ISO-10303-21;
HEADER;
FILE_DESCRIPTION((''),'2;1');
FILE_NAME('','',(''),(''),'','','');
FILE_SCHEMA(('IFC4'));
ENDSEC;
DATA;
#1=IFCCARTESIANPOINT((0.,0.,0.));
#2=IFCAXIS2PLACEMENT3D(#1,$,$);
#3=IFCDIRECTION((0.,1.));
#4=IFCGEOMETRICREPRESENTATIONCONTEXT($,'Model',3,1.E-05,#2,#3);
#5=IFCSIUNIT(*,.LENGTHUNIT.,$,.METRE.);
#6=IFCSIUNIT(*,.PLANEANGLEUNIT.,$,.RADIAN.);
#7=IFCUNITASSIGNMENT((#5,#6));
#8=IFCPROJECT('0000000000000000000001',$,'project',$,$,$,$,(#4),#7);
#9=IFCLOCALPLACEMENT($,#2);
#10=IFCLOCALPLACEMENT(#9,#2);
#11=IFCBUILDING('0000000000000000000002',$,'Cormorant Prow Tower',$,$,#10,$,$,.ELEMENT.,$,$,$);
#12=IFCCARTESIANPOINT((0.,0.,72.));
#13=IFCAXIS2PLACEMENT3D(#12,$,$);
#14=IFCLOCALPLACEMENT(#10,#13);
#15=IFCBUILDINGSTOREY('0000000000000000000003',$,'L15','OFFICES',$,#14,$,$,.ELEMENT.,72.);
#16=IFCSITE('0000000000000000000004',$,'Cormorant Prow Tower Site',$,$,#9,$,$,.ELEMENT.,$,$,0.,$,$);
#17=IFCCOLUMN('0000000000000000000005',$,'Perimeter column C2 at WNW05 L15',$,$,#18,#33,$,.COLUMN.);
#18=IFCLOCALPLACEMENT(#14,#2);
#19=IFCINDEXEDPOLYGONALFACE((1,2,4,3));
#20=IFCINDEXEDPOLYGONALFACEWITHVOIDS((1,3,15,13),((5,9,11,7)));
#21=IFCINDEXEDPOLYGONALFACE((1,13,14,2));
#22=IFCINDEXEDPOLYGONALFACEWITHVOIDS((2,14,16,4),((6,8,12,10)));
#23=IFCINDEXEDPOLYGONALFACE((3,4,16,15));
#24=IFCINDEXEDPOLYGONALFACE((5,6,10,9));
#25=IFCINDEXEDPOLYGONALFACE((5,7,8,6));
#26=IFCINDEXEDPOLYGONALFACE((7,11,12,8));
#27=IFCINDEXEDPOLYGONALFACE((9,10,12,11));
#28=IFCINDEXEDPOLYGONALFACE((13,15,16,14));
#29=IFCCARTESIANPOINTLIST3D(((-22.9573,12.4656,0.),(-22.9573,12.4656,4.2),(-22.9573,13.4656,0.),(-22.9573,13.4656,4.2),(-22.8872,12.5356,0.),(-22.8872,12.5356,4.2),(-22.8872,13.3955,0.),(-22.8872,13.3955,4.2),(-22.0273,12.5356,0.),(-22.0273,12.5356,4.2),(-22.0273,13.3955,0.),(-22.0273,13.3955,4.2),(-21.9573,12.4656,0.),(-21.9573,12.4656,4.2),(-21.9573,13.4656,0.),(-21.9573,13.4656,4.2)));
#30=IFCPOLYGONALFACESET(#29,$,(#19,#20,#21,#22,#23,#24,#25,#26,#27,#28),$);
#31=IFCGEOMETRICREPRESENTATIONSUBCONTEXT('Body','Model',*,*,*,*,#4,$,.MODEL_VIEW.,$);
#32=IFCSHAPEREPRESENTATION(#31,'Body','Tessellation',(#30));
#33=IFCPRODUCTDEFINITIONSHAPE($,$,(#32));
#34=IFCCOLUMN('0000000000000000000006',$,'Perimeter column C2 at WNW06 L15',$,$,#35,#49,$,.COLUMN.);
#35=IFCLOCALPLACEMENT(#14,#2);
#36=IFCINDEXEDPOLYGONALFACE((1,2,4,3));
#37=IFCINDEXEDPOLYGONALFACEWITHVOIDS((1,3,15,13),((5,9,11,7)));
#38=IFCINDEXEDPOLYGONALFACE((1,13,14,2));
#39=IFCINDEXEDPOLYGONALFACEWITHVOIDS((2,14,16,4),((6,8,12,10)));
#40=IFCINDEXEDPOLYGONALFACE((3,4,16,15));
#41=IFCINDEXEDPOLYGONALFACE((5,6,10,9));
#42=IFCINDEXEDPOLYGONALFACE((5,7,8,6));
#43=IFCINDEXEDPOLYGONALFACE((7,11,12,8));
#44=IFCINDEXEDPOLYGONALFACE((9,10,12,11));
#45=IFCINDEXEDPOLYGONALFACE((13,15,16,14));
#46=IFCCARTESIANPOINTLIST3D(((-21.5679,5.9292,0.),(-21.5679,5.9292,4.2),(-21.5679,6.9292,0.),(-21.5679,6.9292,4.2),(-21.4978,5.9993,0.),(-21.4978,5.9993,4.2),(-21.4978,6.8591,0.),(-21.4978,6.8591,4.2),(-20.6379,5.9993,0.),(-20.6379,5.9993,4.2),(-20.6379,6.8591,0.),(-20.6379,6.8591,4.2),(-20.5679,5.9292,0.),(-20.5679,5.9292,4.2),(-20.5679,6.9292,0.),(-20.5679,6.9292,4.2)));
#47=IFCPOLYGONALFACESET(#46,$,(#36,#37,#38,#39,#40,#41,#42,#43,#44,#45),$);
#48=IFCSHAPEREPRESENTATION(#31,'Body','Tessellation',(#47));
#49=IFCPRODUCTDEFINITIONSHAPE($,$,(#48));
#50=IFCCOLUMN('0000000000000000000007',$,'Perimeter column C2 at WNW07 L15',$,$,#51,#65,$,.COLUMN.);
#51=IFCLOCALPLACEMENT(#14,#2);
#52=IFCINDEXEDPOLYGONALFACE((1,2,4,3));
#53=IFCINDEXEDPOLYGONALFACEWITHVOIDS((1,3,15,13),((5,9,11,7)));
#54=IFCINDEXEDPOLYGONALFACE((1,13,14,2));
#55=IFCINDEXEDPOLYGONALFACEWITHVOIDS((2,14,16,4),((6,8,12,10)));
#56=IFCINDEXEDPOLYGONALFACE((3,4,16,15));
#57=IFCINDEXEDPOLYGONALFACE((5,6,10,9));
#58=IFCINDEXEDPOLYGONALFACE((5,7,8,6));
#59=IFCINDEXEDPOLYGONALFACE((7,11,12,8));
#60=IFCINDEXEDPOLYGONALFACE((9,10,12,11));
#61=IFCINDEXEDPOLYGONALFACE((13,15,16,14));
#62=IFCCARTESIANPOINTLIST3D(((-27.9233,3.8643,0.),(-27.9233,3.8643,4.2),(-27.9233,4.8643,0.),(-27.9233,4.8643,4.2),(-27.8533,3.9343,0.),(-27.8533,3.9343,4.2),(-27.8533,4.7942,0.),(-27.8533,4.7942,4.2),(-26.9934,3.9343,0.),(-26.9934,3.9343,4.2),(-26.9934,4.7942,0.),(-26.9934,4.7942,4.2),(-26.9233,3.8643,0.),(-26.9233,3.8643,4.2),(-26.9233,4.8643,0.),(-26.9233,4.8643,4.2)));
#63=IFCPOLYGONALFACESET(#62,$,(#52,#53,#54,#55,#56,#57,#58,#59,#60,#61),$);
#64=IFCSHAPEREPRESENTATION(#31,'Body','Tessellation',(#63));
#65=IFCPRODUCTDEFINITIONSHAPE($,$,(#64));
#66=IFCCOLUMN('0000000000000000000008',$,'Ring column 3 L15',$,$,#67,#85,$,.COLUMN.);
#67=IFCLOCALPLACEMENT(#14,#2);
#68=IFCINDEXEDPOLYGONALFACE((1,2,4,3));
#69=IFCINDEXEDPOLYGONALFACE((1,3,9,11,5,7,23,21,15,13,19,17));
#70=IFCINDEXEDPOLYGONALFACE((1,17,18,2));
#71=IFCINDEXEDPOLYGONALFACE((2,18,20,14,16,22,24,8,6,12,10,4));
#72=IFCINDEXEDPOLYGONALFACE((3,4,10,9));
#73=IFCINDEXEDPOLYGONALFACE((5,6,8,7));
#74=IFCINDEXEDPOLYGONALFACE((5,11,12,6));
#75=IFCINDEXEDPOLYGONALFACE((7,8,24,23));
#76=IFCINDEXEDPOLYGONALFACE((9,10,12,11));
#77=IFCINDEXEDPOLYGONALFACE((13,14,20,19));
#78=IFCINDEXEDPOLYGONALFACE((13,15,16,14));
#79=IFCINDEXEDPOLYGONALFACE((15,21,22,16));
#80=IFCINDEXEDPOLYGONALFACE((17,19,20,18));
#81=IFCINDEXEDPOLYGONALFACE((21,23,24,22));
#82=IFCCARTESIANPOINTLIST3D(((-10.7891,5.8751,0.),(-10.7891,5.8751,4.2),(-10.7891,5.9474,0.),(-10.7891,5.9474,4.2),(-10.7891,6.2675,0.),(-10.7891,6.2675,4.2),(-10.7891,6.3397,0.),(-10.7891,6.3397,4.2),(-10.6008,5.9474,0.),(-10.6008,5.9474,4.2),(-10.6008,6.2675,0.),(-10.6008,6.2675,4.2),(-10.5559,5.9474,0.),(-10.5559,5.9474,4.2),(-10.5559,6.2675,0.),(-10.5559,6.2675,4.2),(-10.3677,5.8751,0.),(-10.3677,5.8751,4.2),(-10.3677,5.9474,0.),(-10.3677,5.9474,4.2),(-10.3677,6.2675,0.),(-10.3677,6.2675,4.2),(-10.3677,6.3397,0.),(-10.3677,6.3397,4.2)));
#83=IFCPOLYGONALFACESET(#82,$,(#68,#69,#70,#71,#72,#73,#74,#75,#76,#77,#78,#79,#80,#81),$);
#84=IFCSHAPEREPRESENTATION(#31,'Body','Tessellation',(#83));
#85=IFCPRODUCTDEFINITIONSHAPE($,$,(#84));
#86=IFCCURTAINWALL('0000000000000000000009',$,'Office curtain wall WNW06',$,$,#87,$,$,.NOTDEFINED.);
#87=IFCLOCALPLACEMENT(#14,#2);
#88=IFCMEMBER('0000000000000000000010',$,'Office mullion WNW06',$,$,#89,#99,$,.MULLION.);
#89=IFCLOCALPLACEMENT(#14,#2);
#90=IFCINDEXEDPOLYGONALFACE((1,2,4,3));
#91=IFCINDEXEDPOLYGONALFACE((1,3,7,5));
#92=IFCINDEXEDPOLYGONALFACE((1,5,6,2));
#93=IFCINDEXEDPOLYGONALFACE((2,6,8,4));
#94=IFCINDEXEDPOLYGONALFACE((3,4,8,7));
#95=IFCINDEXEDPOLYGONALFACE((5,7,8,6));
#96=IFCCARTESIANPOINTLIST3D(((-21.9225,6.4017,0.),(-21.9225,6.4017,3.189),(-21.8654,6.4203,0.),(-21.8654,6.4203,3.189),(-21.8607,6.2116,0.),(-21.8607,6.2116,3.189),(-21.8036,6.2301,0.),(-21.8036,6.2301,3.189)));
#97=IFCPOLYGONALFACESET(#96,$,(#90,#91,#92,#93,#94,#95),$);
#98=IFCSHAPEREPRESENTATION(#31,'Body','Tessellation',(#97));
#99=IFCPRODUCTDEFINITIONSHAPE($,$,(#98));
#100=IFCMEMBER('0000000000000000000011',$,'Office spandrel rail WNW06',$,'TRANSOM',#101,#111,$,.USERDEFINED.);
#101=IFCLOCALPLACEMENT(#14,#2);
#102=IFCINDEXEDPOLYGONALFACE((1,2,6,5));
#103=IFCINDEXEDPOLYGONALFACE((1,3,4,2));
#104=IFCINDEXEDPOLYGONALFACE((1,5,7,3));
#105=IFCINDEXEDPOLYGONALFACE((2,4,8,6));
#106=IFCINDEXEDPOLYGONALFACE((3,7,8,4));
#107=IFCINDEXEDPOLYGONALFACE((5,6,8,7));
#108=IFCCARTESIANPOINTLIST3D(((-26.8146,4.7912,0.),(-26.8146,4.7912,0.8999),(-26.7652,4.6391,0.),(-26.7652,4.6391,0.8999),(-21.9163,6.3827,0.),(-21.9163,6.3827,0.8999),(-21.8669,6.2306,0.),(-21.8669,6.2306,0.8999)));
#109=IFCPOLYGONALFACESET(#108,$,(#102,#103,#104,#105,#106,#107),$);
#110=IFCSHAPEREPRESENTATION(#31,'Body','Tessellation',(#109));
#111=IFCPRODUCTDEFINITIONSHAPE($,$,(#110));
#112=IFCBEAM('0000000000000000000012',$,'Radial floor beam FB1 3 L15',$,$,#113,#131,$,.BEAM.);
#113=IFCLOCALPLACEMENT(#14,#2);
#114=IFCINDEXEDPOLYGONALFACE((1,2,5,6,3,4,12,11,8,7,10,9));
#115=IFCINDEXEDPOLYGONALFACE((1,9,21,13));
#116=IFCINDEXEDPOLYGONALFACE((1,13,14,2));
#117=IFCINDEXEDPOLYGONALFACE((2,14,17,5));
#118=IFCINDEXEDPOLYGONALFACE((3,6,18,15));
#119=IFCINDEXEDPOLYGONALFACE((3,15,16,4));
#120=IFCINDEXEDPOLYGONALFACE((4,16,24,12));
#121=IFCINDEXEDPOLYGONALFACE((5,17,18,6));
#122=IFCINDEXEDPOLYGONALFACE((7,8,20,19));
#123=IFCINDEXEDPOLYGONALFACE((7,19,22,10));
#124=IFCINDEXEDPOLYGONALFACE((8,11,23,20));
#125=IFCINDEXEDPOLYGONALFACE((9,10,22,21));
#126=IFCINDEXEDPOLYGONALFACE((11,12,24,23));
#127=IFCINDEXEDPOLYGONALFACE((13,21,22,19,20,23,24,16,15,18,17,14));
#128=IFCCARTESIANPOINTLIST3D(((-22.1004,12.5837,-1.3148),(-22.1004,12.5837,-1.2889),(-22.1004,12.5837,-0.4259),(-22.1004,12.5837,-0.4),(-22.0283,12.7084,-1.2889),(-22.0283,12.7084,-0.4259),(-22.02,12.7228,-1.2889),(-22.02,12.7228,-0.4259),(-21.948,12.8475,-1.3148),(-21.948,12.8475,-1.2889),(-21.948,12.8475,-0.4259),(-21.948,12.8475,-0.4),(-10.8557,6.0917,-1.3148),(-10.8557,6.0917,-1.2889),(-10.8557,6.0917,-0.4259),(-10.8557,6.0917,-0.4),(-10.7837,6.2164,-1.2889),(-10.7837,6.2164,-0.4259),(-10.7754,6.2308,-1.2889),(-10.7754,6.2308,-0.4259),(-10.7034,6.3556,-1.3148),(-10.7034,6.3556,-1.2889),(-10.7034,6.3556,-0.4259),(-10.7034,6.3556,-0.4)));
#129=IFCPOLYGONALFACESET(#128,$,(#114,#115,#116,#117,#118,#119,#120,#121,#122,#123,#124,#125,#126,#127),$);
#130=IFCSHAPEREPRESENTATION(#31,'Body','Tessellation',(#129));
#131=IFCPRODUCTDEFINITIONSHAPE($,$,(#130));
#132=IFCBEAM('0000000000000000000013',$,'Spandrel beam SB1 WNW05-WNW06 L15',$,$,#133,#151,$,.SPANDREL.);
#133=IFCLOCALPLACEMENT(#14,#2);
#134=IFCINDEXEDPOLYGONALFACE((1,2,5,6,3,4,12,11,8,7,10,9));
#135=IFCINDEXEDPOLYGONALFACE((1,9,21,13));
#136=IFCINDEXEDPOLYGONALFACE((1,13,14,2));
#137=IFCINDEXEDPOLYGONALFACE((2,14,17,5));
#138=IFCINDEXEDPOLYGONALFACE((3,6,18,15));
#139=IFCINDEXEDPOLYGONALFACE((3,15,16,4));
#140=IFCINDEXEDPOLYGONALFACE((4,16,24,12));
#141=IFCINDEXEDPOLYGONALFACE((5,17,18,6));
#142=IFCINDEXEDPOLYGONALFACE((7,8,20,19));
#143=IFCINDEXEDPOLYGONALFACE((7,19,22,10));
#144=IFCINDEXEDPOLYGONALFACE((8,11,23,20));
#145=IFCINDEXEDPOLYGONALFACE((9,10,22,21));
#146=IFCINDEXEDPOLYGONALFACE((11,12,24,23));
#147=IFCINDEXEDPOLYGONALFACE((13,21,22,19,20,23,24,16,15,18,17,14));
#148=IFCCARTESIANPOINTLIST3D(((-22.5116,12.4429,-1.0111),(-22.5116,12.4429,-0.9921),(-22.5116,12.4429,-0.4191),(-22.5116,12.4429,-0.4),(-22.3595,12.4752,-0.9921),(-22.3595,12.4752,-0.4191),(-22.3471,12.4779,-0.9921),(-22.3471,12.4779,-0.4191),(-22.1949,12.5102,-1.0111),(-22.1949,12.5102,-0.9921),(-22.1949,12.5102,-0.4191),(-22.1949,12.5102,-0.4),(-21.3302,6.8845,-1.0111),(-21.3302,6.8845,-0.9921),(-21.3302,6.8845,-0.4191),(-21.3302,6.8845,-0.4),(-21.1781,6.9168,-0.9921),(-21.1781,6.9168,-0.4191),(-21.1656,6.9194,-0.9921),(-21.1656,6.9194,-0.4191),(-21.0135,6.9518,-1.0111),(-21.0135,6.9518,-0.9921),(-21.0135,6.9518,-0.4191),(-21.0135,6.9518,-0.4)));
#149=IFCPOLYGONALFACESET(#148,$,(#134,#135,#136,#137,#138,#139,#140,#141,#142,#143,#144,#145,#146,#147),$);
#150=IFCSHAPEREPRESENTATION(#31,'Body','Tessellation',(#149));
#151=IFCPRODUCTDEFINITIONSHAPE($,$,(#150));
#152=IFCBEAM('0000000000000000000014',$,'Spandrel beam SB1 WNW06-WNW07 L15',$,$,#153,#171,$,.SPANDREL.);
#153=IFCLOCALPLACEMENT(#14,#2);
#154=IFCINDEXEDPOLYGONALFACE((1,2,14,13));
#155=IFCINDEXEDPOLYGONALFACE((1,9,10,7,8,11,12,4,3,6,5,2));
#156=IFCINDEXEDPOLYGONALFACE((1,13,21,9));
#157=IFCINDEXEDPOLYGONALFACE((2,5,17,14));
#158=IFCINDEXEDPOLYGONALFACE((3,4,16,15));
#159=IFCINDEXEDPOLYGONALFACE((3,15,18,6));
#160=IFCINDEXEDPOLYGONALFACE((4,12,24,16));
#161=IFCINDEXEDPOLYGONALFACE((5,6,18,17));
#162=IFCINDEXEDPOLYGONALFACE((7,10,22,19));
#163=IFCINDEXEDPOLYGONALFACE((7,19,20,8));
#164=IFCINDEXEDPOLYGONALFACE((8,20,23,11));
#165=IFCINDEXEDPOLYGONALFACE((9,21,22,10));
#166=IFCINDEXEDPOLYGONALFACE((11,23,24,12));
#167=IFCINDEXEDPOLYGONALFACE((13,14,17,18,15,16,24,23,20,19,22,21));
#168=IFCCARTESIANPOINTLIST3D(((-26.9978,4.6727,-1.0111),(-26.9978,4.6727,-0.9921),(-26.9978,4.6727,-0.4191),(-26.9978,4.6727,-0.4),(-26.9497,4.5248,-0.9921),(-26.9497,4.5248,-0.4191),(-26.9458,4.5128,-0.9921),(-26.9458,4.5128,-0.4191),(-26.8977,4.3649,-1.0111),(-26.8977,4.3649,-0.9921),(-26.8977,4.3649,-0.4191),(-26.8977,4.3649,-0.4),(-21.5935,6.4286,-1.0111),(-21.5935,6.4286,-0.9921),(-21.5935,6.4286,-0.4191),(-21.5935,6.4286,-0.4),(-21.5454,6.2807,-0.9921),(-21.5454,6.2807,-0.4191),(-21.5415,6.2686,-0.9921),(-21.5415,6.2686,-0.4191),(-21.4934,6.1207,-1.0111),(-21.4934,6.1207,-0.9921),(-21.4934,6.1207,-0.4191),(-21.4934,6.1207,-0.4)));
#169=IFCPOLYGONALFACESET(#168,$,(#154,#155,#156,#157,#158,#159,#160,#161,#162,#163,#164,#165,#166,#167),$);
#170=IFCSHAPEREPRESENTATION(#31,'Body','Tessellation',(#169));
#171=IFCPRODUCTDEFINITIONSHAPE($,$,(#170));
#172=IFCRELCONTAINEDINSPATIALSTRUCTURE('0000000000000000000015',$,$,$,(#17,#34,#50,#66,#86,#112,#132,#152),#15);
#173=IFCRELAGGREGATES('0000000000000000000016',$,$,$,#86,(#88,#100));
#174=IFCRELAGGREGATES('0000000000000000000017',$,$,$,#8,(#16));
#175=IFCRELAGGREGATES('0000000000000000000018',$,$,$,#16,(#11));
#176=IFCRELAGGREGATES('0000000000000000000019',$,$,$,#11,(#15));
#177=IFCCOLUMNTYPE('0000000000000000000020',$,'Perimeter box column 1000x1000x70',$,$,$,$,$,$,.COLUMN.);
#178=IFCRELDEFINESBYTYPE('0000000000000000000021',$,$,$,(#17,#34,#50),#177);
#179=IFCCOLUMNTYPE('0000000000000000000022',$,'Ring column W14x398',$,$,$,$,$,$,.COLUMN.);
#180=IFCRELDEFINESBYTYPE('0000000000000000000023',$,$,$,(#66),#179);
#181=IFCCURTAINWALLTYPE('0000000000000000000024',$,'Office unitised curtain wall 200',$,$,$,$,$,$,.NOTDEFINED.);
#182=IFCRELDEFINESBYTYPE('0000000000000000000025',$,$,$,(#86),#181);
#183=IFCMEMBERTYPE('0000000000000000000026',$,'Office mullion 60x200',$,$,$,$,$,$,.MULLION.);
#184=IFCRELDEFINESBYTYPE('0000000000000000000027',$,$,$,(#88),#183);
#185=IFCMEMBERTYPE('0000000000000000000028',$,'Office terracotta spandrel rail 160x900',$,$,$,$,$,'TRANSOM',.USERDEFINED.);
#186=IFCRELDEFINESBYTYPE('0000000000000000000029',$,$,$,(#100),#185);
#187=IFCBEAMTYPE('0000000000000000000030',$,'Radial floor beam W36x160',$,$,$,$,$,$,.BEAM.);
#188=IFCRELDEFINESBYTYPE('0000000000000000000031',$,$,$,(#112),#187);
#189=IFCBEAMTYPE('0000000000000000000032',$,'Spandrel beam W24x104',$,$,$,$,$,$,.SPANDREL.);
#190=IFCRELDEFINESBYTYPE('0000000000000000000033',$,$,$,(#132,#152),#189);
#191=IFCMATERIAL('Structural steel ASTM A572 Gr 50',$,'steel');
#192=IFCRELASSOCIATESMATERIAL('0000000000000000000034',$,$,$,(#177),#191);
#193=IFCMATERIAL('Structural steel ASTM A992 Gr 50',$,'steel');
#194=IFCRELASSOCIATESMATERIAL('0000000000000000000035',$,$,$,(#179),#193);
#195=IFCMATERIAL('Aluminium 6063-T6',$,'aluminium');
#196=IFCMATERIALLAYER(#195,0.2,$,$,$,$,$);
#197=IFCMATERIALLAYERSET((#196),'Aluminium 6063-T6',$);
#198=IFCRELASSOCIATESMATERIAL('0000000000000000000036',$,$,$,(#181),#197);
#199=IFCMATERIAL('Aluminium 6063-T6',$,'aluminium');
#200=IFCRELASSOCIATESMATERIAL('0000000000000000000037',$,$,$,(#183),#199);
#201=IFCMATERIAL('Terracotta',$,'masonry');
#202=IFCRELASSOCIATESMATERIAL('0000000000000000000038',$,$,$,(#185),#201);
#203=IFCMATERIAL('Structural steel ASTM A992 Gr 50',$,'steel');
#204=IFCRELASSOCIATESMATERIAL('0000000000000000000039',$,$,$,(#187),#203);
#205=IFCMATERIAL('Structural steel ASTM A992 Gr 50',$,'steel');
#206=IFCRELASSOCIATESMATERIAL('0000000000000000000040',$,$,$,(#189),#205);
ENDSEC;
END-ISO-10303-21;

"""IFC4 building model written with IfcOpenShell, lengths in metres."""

from ifc_helpers import new_model, si_unit, direction, frame, origin, origin_2d, place, context, subcontext, project, spatial, rectangle, hollow_rectangle, i_section, extrude, material, layer, layer_set, material_profile, profile_set, type_object, element, aggregate, save


model = new_model("IFC4")

# Units and contexts
model_context = context("Model", 3, precision=1e-05, world=origin(), true_north=direction((0.0, 1.0)))
body_context = subcontext(model_context, "Body", "Model", "MODEL_VIEW")
ifc_project = project(units=[si_unit("LENGTHUNIT", "METRE"), si_unit("PLANEANGLEUNIT", "RADIAN")], contexts=[model_context])

# Site, building, storey
site_placement = place(None, origin())
site = spatial("IfcSite", under=ifc_project, at=site_placement, Name="Cormorant Prow Tower Site", CompositionType="ELEMENT", RefElevation=0.0)
building_placement = place(site_placement, origin())
building = spatial("IfcBuilding", under=site, at=building_placement, Name="Cormorant Prow Tower", CompositionType="ELEMENT")
storey_placement = place(building_placement, frame((0.0, 0.0, 72.0)))
storey = spatial("IfcBuildingStorey", under=building, at=storey_placement, Name="L15", Description="OFFICES", CompositionType="ELEMENT", Elevation=72.0)

# Columns
ifc_material_1 = material(Name="Structural steel ASTM A572 Gr 50", Category="steel")
ifc_material_profile_1 = material_profile(ifc_material_1, hollow_rectangle(XDim=1.0, YDim=1.0, WallThickness=0.0701, at=origin_2d()), Name="Box 1000x1000x70")
ifc_profile_set_1 = profile_set([ifc_material_profile_1], Name="Structural steel ASTM A572 Gr 50")
column_type_1 = type_object("IfcColumnType", Name="Perimeter box column 1000x1000x70", PredefinedType="COLUMN", material=ifc_profile_set_1)
for number, where, z_axis, x_axis, name in (
    (1, (-22.4573, 12.9656, 0.0), (0.0, 0.0, 1.0), (1.0, 0.0, 0.0), "Perimeter column C2 at WNW05 L15"),
    (2, (-21.0679, 6.4292, 0.0), (0.0, 0.0, 1.0), (1.0, 0.0, 0.0), "Perimeter column C2 at WNW06 L15"),
    (3, (-27.4233, 4.3643, 0.0), (0.0, 0.0, 1.0), (1.0, 0.0, 0.0), "Perimeter column C2 at WNW07 L15"),
):
    element("IfcColumn", number, at=place(storey_placement, frame(where, z_axis=z_axis, x_axis=x_axis)), inside=storey, type_object=column_type_1, Name=name, PredefinedType="COLUMN", context=body_context, shape_type="SweptSolid", body=[
        extrude(hollow_rectangle(XDim=1.0, YDim=1.0, WallThickness=0.0701, at=origin_2d()), origin(), (0.0, 0.0, 1.0), 4.2),
    ])
ifc_material_2 = material(Name="Structural steel ASTM A992 Gr 50", Category="steel")
ifc_material_profile_2 = material_profile(ifc_material_2, i_section(OverallWidth=0.4214, OverallDepth=0.4646, WebThickness=0.0449, FlangeThickness=0.0723, at=origin_2d()), Name="W14x398")
ifc_profile_set_2 = profile_set([ifc_material_profile_2], Name="Structural steel ASTM A992 Gr 50")
column_type_2 = type_object("IfcColumnType", Name="Ring column W14x398", PredefinedType="COLUMN", material=ifc_profile_set_2)
column_placement = place(storey_placement, frame((-10.5784, 6.1074, 0.0), z_axis=(0.0, 0.0, 1.0), x_axis=(1.0, 0.0, 0.0)))
element("IfcColumn", 4, at=column_placement, inside=storey, type_object=column_type_2, Name="Ring column 3 L15", PredefinedType="COLUMN", context=body_context, shape_type="SweptSolid", body=[
    extrude(i_section(OverallWidth=0.4214, OverallDepth=0.4646, WebThickness=0.0449, FlangeThickness=0.0723, at=origin_2d()), origin(), (0.0, 0.0, 1.0), 4.2),
])

# Curtain wall, members
ifc_material_3 = material(Name="Aluminium 6063-T6", Category="aluminium")
ifc_layer_1 = layer(ifc_material_3, 0.2)
ifc_layer_set_1 = layer_set([ifc_layer_1], Name="Aluminium 6063-T6")
curtain_wall_type = type_object("IfcCurtainWallType", Name="Office unitised curtain wall 200", PredefinedType="NOTDEFINED", material=ifc_layer_set_1)
curtain_wall_1_placement = place(storey_placement, origin())
curtain_wall_1 = element("IfcCurtainWall", 5, at=curtain_wall_1_placement, inside=storey, type_object=curtain_wall_type, Name="Office curtain wall WNW06", PredefinedType="NOTDEFINED")
ifc_material_4 = material(Name="Aluminium 6063-T6", Category="aluminium")
ifc_material_profile_3 = material_profile(ifc_material_4, rectangle(XDim=0.2, YDim=0.0601, at=origin_2d()), Name="Office mullion 60x200")
ifc_profile_set_3 = profile_set([ifc_material_profile_3], Name="Aluminium 6063-T6")
member_type_1 = type_object("IfcMemberType", Name="Office mullion 60x200", PredefinedType="MULLION", material=ifc_profile_set_3)
member_1_placement = place(storey_placement, frame((-21.863, 6.3159, 0.0), z_axis=(0.0, 0.0, 1.0), x_axis=(0.309017, -0.951057, 0.0)))
member_1 = element("IfcMember", 6, at=member_1_placement, type_object=member_type_1, Name="Office mullion WNW06", PredefinedType="MULLION", context=body_context, shape_type="SweptSolid", body=[
    extrude(rectangle(XDim=0.2, YDim=0.0601, at=origin_2d()), origin(), (0.0, 0.0, 1.0), 3.189),
])
ifc_material_5 = material(Name="Terracotta", Category="masonry")
ifc_material_profile_4 = material_profile(ifc_material_5, rectangle(XDim=0.1599, YDim=0.8999, at=origin_2d()), Name="Office terracotta spandrel rail 160x900")
ifc_profile_set_4 = profile_set([ifc_material_profile_4], Name="Terracotta")
member_type_2 = type_object("IfcMemberType", Name="Office terracotta spandrel rail 160x900", ElementType="TRANSOM", PredefinedType="USERDEFINED", material=ifc_profile_set_4)
member_2_placement = place(storey_placement, frame((-21.8916, 6.3066, 0.45), z_axis=(-0.951059, -0.309009, 0.0), x_axis=(0.309009, -0.951059, 0.0)))
member_2 = element("IfcMember", 7, at=member_2_placement, type_object=member_type_2, Name="Office spandrel rail WNW06", ObjectType="TRANSOM", PredefinedType="USERDEFINED", context=body_context, shape_type="SweptSolid", body=[
    extrude(rectangle(XDim=0.1599, YDim=0.8999, at=origin_2d()), origin(), (0.0, 0.0, 1.0), 5.1504),
])

# Beams
ifc_material_6 = material(Name="Structural steel ASTM A992 Gr 50", Category="steel")
ifc_material_profile_5 = material_profile(ifc_material_6, i_section(OverallWidth=0.3047, OverallDepth=0.9148, WebThickness=0.0166, FlangeThickness=0.0259, at=origin_2d()), Name="W36x160")
ifc_profile_set_5 = profile_set([ifc_material_profile_5], Name="Structural steel ASTM A992 Gr 50")
beam_type_1 = type_object("IfcBeamType", Name="Radial floor beam W36x160", PredefinedType="BEAM", material=ifc_profile_set_5)
beam_1_placement = place(storey_placement, frame((-10.7795, 6.2236, -0.8574), z_axis=(-0.86603, 0.499992, 0.0), x_axis=(-0.499992, -0.86603, 0.0)))
element("IfcBeam", 8, at=beam_1_placement, inside=storey, type_object=beam_type_1, Name="Radial floor beam FB1 3 L15", PredefinedType="BEAM", context=body_context, shape_type="SweptSolid", body=[
    extrude(i_section(OverallWidth=0.3047, OverallDepth=0.9148, WebThickness=0.0166, FlangeThickness=0.0259, at=origin_2d()), origin(), (0.0, 0.0, 1.0), 12.9841),
])
ifc_material_7 = material(Name="Structural steel ASTM A992 Gr 50", Category="steel")
ifc_material_profile_6 = material_profile(ifc_material_7, i_section(OverallWidth=0.3237, OverallDepth=0.6111, WebThickness=0.0127, FlangeThickness=0.019, at=origin_2d()), Name="W24x104")
ifc_profile_set_6 = profile_set([ifc_material_profile_6], Name="Structural steel ASTM A992 Gr 50")
beam_type_2 = type_object("IfcBeamType", Name="Spandrel beam W24x104", PredefinedType="SPANDREL", material=ifc_profile_set_6)
beam_2_placement = place(storey_placement, frame((-22.3533, 12.4766, -0.7056), z_axis=(0.2079, -0.97815, 0.0), x_axis=(0.97815, 0.2079, 0.0)))
element("IfcBeam", 9, at=beam_2_placement, inside=storey, type_object=beam_type_2, Name="Spandrel beam SB1 WNW05-WNW06 L15", PredefinedType="SPANDREL", context=body_context, shape_type="SweptSolid", body=[
    extrude(i_section(OverallWidth=0.3237, OverallDepth=0.6111, WebThickness=0.0127, FlangeThickness=0.019, at=origin_2d()), origin(), (0.0, 0.0, 1.0), 5.6826),
])
beam_3_placement = place(storey_placement, frame((-21.5435, 6.2747, -0.7056), z_axis=(-0.951062, -0.309001, 0.0), x_axis=(0.309001, -0.951062, 0.0)))
element("IfcBeam", 10, at=beam_3_placement, inside=storey, type_object=beam_type_2, Name="Spandrel beam SB1 WNW06-WNW07 L15", PredefinedType="SPANDREL", context=body_context, shape_type="SweptSolid", body=[
    extrude(i_section(OverallWidth=0.3237, OverallDepth=0.6111, WebThickness=0.0127, FlangeThickness=0.019, at=origin_2d()), origin(), (0.0, 0.0, 1.0), 5.6824),
])

aggregate(curtain_wall_1, [member_1, member_2])

save(model, "model.ifc")
